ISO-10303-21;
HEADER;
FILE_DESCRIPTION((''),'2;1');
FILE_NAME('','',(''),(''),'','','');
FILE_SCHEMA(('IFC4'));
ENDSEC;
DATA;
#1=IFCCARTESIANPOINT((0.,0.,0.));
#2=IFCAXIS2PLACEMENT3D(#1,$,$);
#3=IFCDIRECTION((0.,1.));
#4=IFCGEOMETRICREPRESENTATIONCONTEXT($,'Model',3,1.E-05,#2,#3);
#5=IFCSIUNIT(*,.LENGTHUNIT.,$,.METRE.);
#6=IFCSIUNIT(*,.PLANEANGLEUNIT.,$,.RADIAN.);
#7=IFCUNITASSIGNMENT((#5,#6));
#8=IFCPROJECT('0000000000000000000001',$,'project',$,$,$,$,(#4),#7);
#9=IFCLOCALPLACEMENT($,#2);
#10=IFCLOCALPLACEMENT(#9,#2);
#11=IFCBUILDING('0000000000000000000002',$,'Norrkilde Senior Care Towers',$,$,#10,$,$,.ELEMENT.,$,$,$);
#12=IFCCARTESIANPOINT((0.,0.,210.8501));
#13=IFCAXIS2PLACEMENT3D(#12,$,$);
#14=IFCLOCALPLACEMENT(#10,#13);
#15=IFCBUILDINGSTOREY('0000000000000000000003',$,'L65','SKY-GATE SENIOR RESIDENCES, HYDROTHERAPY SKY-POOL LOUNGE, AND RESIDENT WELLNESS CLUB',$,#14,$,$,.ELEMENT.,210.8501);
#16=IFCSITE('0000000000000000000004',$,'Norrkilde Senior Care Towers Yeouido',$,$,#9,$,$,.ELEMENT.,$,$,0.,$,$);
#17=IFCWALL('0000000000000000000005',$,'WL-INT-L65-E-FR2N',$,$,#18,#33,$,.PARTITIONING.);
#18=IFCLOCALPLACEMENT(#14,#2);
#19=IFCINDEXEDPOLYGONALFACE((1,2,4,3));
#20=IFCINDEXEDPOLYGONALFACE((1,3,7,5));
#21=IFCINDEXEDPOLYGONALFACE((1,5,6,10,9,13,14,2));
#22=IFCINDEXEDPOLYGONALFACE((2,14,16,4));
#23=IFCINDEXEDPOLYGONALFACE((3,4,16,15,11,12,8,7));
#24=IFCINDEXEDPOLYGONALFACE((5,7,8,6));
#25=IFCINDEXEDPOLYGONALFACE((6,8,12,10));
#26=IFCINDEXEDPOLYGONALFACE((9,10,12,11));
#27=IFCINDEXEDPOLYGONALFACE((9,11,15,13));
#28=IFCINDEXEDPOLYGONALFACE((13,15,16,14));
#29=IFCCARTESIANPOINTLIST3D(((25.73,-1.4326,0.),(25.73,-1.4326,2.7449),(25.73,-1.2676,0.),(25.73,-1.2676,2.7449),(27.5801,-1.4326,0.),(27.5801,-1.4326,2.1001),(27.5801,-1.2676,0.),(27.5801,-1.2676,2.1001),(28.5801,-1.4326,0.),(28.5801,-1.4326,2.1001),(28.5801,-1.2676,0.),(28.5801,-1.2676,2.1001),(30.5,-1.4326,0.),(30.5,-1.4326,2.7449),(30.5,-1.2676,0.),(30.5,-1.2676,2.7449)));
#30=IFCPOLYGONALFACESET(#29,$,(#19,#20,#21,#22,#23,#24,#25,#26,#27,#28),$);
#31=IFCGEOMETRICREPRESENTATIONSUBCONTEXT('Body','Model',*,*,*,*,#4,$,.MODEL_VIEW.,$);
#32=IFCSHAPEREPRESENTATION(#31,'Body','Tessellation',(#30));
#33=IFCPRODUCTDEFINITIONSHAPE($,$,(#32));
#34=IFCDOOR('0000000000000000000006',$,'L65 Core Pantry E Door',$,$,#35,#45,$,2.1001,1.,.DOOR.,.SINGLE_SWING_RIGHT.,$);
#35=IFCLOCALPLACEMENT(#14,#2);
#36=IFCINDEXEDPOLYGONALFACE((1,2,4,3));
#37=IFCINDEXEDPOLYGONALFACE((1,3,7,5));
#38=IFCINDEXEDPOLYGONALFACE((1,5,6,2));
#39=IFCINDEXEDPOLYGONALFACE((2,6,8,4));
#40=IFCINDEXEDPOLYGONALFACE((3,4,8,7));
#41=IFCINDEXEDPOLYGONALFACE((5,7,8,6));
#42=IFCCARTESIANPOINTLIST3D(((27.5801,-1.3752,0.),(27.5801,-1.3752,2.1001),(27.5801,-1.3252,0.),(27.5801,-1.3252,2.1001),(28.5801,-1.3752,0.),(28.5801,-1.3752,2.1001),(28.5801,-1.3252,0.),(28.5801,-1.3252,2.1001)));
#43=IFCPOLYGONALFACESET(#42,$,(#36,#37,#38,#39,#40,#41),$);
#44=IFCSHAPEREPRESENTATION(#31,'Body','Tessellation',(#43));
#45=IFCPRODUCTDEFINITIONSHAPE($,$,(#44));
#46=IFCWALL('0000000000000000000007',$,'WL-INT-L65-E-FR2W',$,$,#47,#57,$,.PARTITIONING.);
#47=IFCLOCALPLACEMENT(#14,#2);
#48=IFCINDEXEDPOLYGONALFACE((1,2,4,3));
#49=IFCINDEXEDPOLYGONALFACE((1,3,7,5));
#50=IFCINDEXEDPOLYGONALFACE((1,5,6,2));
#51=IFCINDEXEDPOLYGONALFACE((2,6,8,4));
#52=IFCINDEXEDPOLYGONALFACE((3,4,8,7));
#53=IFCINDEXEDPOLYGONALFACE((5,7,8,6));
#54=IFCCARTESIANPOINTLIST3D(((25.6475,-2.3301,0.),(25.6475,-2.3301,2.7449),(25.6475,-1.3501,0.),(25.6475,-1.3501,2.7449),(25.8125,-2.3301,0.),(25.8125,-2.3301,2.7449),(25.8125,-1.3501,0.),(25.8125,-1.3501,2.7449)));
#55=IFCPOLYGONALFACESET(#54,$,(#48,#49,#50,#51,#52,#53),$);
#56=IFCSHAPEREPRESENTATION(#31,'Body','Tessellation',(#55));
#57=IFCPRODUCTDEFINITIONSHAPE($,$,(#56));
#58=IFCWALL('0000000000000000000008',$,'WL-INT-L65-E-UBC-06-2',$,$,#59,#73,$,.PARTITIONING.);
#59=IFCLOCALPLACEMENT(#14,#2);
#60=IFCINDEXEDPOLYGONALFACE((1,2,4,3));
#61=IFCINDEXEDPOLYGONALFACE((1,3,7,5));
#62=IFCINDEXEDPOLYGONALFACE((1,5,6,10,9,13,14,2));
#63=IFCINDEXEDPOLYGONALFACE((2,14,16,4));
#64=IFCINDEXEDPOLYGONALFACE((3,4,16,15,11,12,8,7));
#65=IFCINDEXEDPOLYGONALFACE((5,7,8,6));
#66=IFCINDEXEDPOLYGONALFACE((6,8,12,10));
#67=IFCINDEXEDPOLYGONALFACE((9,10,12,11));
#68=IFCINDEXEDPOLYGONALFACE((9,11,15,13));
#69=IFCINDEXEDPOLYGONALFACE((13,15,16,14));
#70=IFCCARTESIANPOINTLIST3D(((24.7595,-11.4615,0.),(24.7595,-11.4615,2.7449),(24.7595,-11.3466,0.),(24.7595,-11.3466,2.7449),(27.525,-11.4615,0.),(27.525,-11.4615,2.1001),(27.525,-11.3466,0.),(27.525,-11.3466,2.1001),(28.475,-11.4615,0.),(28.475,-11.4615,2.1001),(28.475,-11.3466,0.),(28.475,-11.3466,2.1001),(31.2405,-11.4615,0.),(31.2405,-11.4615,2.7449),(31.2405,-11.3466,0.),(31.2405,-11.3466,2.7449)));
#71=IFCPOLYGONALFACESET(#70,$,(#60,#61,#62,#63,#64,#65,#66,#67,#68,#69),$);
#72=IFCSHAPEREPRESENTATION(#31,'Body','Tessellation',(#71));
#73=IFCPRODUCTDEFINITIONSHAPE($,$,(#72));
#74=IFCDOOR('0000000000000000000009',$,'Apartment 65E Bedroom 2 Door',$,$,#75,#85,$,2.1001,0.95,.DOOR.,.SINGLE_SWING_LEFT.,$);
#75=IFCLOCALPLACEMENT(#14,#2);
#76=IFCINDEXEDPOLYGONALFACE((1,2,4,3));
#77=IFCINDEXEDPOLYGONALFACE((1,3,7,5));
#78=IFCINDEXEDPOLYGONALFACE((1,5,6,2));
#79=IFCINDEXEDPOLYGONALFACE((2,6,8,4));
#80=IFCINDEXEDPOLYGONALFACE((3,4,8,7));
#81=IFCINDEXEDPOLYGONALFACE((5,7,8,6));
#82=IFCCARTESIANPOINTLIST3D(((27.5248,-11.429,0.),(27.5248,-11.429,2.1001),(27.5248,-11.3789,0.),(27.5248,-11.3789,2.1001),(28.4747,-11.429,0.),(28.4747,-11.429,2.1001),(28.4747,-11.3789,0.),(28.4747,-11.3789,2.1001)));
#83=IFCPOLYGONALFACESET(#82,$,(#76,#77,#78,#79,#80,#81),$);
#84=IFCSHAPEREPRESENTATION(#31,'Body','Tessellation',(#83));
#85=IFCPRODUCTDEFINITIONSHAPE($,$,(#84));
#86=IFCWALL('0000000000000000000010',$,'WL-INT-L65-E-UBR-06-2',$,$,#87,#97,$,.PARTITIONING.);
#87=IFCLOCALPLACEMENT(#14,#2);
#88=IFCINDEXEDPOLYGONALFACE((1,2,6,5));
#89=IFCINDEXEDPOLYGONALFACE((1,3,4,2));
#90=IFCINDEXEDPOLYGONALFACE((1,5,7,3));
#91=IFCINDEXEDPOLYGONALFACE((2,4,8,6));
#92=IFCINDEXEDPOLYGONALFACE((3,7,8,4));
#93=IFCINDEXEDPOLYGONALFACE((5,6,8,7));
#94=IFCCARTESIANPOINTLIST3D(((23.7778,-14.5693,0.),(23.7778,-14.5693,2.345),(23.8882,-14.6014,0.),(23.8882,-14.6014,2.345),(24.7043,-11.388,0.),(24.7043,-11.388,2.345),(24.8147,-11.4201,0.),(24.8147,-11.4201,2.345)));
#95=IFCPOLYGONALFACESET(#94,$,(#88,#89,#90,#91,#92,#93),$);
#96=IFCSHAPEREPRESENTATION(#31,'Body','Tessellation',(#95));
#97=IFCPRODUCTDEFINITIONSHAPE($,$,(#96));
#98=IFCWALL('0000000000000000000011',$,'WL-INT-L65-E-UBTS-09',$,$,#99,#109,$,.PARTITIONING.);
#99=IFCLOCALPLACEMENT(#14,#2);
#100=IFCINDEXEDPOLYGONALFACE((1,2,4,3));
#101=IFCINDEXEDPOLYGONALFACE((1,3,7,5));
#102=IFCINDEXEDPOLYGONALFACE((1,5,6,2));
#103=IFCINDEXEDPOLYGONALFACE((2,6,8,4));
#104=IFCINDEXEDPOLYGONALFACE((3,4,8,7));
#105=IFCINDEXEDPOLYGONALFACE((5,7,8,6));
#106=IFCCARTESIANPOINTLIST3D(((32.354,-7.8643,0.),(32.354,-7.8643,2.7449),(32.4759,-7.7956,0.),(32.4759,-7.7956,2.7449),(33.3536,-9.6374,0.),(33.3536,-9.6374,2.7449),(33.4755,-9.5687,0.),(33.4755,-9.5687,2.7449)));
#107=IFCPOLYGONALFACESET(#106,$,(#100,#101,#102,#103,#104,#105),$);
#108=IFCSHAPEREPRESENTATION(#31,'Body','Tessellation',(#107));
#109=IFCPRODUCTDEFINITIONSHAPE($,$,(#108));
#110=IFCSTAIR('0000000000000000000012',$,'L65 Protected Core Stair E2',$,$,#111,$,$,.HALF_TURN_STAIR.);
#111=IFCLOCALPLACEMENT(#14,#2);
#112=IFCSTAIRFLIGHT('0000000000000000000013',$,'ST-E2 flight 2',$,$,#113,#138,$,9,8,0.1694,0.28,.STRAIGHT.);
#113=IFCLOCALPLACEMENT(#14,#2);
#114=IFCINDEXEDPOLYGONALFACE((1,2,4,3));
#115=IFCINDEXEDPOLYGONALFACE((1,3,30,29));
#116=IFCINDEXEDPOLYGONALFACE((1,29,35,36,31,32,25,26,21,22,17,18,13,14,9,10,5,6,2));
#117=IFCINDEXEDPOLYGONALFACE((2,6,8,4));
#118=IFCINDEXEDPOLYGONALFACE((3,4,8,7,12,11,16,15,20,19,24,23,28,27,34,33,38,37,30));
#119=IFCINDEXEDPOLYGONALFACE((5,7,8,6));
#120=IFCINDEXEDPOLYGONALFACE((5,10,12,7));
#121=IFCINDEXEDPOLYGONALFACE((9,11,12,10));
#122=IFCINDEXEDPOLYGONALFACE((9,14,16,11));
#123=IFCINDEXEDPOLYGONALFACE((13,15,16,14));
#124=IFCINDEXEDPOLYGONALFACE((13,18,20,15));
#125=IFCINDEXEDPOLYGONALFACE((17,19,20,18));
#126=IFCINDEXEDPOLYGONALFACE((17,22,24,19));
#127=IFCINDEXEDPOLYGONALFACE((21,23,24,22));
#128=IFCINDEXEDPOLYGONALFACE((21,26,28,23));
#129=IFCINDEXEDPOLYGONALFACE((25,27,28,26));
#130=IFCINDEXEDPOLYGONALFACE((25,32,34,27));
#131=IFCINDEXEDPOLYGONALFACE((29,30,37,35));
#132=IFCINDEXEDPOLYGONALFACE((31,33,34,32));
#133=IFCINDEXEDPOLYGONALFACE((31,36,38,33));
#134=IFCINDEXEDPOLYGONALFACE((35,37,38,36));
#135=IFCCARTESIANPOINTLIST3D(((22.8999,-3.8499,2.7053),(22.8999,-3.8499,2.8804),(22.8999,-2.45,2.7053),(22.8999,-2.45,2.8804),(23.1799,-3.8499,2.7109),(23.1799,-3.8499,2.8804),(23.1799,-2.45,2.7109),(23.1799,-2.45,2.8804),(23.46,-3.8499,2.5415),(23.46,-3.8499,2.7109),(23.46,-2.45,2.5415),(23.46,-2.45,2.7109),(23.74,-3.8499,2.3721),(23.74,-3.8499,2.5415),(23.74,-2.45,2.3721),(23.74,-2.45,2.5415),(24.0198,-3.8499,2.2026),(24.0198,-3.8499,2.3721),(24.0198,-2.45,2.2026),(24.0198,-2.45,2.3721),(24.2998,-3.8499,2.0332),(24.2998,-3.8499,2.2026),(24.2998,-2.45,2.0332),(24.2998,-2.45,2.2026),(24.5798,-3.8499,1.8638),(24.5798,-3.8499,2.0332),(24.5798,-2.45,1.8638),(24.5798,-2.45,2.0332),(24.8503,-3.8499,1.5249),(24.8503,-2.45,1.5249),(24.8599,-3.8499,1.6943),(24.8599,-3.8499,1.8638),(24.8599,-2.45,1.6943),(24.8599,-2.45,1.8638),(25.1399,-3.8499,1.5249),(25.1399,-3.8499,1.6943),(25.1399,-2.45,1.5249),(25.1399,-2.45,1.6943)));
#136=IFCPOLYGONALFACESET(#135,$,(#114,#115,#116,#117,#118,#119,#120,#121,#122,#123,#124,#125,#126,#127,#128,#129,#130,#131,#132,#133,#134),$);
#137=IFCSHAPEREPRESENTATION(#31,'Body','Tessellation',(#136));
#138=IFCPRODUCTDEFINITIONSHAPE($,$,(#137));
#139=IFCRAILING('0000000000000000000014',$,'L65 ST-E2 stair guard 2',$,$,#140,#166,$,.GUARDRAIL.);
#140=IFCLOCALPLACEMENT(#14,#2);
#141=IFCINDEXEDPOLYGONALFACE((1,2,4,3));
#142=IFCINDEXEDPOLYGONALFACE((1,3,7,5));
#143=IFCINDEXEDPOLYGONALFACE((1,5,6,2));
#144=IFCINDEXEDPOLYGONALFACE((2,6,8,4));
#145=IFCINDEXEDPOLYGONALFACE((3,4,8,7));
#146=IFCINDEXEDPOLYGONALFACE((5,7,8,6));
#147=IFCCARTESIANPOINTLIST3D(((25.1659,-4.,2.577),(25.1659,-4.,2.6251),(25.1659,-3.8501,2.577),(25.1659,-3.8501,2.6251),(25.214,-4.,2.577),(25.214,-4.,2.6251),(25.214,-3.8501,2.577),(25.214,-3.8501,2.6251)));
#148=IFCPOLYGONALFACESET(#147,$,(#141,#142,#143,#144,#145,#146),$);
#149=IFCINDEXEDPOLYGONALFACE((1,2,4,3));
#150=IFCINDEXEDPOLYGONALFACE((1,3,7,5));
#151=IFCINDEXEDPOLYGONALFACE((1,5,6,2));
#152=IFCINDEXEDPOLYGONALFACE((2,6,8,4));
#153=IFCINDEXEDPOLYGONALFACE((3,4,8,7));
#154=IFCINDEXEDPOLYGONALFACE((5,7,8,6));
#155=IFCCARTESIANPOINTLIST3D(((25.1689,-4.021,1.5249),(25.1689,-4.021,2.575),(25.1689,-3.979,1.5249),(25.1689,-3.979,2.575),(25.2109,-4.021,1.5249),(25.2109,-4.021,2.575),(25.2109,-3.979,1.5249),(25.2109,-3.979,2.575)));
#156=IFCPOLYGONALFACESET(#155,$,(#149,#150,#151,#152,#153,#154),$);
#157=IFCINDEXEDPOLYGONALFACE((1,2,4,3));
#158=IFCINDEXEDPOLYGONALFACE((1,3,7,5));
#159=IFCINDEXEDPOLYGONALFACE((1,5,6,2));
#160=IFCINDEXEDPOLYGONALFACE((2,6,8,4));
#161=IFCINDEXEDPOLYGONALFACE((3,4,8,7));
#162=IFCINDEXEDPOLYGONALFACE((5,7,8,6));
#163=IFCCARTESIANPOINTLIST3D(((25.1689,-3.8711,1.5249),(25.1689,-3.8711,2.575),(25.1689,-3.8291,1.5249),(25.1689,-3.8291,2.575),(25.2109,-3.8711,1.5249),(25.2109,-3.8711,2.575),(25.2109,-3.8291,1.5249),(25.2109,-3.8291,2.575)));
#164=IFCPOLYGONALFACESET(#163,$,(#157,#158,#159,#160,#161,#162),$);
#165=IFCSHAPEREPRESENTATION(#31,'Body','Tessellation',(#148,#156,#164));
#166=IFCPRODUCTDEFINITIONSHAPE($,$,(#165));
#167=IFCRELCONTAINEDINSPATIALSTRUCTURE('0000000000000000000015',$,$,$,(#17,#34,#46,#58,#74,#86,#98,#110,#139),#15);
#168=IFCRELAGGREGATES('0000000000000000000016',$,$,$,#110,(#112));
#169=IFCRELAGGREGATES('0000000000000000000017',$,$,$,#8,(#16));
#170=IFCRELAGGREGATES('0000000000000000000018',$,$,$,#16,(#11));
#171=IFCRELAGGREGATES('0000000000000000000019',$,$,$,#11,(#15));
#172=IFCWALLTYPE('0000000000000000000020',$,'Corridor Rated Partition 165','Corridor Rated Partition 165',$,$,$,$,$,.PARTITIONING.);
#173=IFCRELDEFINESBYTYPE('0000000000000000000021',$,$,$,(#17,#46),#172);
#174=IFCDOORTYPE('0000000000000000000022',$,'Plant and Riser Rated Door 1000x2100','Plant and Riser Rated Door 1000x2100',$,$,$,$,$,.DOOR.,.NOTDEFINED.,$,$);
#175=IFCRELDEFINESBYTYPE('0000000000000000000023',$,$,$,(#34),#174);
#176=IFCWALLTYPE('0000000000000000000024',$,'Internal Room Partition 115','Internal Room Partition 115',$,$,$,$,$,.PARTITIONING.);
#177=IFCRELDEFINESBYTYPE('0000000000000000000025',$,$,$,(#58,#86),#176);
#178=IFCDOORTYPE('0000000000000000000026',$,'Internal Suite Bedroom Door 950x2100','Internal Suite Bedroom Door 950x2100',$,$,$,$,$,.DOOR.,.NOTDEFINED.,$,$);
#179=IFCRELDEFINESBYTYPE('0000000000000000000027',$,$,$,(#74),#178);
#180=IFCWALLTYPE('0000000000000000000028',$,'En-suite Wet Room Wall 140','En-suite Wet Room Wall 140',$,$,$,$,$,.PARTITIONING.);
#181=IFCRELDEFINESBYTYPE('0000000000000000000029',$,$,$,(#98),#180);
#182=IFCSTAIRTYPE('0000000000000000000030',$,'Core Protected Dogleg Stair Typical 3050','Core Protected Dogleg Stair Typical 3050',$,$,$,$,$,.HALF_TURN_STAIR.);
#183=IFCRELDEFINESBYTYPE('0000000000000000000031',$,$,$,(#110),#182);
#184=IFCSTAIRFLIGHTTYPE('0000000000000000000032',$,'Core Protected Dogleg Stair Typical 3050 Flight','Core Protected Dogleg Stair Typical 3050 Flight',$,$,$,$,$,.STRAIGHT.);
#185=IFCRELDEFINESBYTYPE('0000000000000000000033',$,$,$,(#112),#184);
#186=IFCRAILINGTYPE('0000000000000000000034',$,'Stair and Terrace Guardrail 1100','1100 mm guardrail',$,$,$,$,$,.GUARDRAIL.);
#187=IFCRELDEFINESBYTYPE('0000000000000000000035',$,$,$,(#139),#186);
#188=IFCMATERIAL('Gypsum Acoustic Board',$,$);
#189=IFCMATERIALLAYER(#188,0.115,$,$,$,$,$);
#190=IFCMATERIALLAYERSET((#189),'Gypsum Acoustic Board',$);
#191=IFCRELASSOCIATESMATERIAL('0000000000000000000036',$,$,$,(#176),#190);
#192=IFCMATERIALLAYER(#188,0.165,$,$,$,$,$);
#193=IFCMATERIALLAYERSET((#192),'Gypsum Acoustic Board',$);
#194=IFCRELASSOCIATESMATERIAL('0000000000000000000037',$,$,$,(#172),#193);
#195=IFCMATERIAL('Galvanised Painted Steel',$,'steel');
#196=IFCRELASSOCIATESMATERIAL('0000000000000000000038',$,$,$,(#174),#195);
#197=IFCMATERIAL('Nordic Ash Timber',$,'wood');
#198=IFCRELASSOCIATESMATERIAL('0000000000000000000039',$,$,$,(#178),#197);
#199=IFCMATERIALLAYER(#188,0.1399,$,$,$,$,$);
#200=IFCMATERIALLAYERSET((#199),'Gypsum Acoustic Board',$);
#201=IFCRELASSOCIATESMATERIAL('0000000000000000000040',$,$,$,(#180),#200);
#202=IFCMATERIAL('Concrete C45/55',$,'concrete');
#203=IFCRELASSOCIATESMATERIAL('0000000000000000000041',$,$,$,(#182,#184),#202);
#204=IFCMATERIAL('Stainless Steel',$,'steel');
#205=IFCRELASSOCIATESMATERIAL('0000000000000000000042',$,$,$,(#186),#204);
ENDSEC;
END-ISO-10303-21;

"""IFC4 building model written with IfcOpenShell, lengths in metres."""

from ifc_helpers import new_model, si_unit, direction, frame, frame_2d, origin, origin_2d, place, context, subcontext, project, spatial, polyline, rectangle, outline, extrude, source, transform, mapped, material, layer, layer_set, type_object, type_shapes, element, fill, aggregate, save


model = new_model("IFC4")

# Units and contexts
model_context = context("Model", 3, precision=1e-05, world=origin(), true_north=direction((0.0, 1.0)))
body_context = subcontext(model_context, "Body", "Model", "MODEL_VIEW")
ifc_project = project(units=[si_unit("LENGTHUNIT", "METRE"), si_unit("PLANEANGLEUNIT", "RADIAN")], contexts=[model_context])

# Site, building, storey
site_placement = place(None, origin())
site = spatial("IfcSite", under=ifc_project, at=site_placement, Name="Norrkilde Senior Care Towers Yeouido", CompositionType="ELEMENT", RefElevation=0.0)
building_placement = place(site_placement, origin())
building = spatial("IfcBuilding", under=site, at=building_placement, Name="Norrkilde Senior Care Towers", CompositionType="ELEMENT")
storey_placement = place(building_placement, frame((0.0, 0.0, 210.8501)))
storey = spatial("IfcBuildingStorey", under=building, at=storey_placement, Name="L65", Description="SKY-GATE SENIOR RESIDENCES, HYDROTHERAPY SKY-POOL LOUNGE, AND RESIDENT WELLNESS CLUB", CompositionType="ELEMENT", Elevation=210.8501)

# Shared definitions
ifc_material_1 = material(Name="Concrete C45/55", Category="concrete")
ifc_material_2 = material(Name="Gypsum Acoustic Board")
ifc_layer_1 = layer(ifc_material_2, 0.115)
ifc_layer_set_1 = layer_set([ifc_layer_1], Name="Gypsum Acoustic Board")
wall_type_1 = type_object("IfcWallType", Name="Internal Room Partition 115", Description="Internal Room Partition 115", PredefinedType="PARTITIONING", material=ifc_layer_set_1)

# Shared definitions
ifc_material_3 = material(Name="Stainless Steel", Category="steel")

# Wall, opening, door
ifc_layer_2 = layer(ifc_material_2, 0.165)
ifc_layer_set_2 = layer_set([ifc_layer_2], Name="Gypsum Acoustic Board")
wall_type_2 = type_object("IfcWallType", Name="Corridor Rated Partition 165", Description="Corridor Rated Partition 165", PredefinedType="PARTITIONING", material=ifc_layer_set_2)
shared_shape_1 = source(origin(), body_context, "Body", "SweptSolid", [
    extrude(rectangle(XDim=4.77, YDim=0.165, at=frame_2d((2.385, 0.0))), origin(), (0.0, 0.0, 1.0), 2.7449),
])
wall_1_placement = place(storey_placement, frame((25.73, -1.3501, 0.0), z_axis=(0.0, 0.0, 1.0), x_axis=(1.0, 0.0, 0.0)))
wall_1 = element("IfcWall", 1, at=wall_1_placement, inside=storey, type_object=wall_type_2, Name="WL-INT-L65-E-FR2N", PredefinedType="PARTITIONING", context=body_context, shape_type="MappedRepresentation", body=[
    mapped(shared_shape_1, transform((0.0, 0.0, 0.0), x_axis=(1.0, 0.0, 0.0), y_axis=(0.0, 1.0, 0.0), z_axis=(0.0, 0.0, 1.0), scale=1.0)),
])
opening_1_placement = place(wall_1_placement, frame((1.8501, 0.0, 0.0)))
opening_1 = element("IfcOpeningElement", 2, at=opening_1_placement, cuts=wall_1, PredefinedType="OPENING", context=body_context, shape_type="SweptSolid", body=[
    extrude(rectangle(XDim=1.0, YDim=2.1001, at=frame_2d((0.5, 1.05))), frame((0.0, 0.0925, 0.0), z_axis=(0.0, -1.0, 0.0), x_axis=(1.0, 0.0, 0.0)), (0.0, 0.0, 1.0), 0.1851),
])
ifc_material_4 = material(Name="Galvanised Painted Steel", Category="steel")
door_type_1 = type_object("IfcDoorType", Name="Plant and Riser Rated Door 1000x2100", Description="Plant and Riser Rated Door 1000x2100", OperationType="NOTDEFINED", PredefinedType="DOOR", material=ifc_material_4)
shared_shape_2 = source(origin(), body_context, "Body", "SweptSolid", [
    extrude(rectangle(XDim=1.0, YDim=2.1001, at=frame_2d((0.5, 1.05))), frame((0.0, 0.0249, 0.0), z_axis=(0.0, -1.0, 0.0), x_axis=(1.0, 0.0, 0.0)), (0.0, 0.0, 1.0), 0.05),
])
type_shapes(door_type_1, [shared_shape_2])
door_1_placement = place(opening_1_placement, origin())
door_1 = element("IfcDoor", 3, at=door_1_placement, inside=storey, type_object=door_type_1, Name="L65 Core Pantry E Door", OperationType="SINGLE_SWING_RIGHT", OverallHeight=2.1001, OverallWidth=1.0, PredefinedType="DOOR", context=body_context, shape_type="MappedRepresentation", body=[
    mapped(shared_shape_2, transform((0.0, 0.0, 0.0), x_axis=(1.0, 0.0, 0.0), y_axis=(0.0, 1.0, 0.0), z_axis=(0.0, 0.0, 1.0), scale=1.0)),
])
fill(opening_1, door_1)

# Wall
shared_shape_3 = source(origin(), body_context, "Body", "SweptSolid", [
    extrude(rectangle(XDim=0.98, YDim=0.165, at=frame_2d((0.49, 0.0))), origin(), (0.0, 0.0, 1.0), 2.7449),
])
type_shapes(wall_type_2, [shared_shape_1, shared_shape_3])
wall_2_placement = place(storey_placement, frame((25.73, -2.3301, 0.0), z_axis=(0.0, 0.0, 1.0), x_axis=(0.0, 1.0, 0.0)))
element("IfcWall", 4, at=wall_2_placement, inside=storey, type_object=wall_type_2, Name="WL-INT-L65-E-FR2W", PredefinedType="PARTITIONING", context=body_context, shape_type="MappedRepresentation", body=[
    mapped(shared_shape_3, transform((0.0, 0.0, 0.0), x_axis=(1.0, 0.0, 0.0), y_axis=(0.0, 1.0, 0.0), z_axis=(0.0, 0.0, 1.0), scale=1.0)),
])

# Wall, opening, door
shared_shape_4 = source(origin(), body_context, "Body", "SweptSolid", [
    extrude(rectangle(XDim=6.481, YDim=0.115, at=frame_2d((3.2405, 0.0))), origin(), (0.0, 0.0, 1.0), 2.7449),
])
wall_3_placement = place(storey_placement, frame((24.7595, -11.4041, 0.0), z_axis=(0.0, 0.0, 1.0), x_axis=(1.0, 0.0, 0.0)))
wall_3 = element("IfcWall", 5, at=wall_3_placement, inside=storey, type_object=wall_type_1, Name="WL-INT-L65-E-UBC-06-2", PredefinedType="PARTITIONING", context=body_context, shape_type="MappedRepresentation", body=[
    mapped(shared_shape_4, transform((0.0, 0.0, 0.0), x_axis=(1.0, 0.0, 0.0), y_axis=(0.0, 1.0, 0.0), z_axis=(0.0, 0.0, 1.0), scale=1.0)),
])
opening_2_placement = place(wall_3_placement, frame((2.7654, 0.0, 0.0)))
opening_2 = element("IfcOpeningElement", 6, at=opening_2_placement, cuts=wall_3, PredefinedType="OPENING", context=body_context, shape_type="SweptSolid", body=[
    extrude(rectangle(XDim=0.95, YDim=2.1001, at=frame_2d((0.4751, 1.05))), frame((0.0, 0.0674, 0.0), z_axis=(0.0, -1.0, 0.0), x_axis=(1.0, 0.0, 0.0)), (0.0, 0.0, 1.0), 0.135),
])
ifc_material_5 = material(Name="Nordic Ash Timber", Category="wood")
door_type_2 = type_object("IfcDoorType", Name="Internal Suite Bedroom Door 950x2100", Description="Internal Suite Bedroom Door 950x2100", OperationType="NOTDEFINED", PredefinedType="DOOR", material=ifc_material_5)
shared_shape_5 = source(origin(), body_context, "Body", "SweptSolid", [
    extrude(rectangle(XDim=0.95, YDim=2.1001, at=frame_2d((0.4751, 1.05))), frame((0.0, 0.0249, 0.0), z_axis=(0.0, -1.0, 0.0), x_axis=(1.0, 0.0, 0.0)), (0.0, 0.0, 1.0), 0.05),
])
type_shapes(door_type_2, [shared_shape_5])
door_2_placement = place(opening_2_placement, frame((0.95, 0.0, 0.0), z_axis=(0.0, 0.0, 1.0), x_axis=(-1.0, 0.0, 0.0)))
door_2 = element("IfcDoor", 7, at=door_2_placement, inside=storey, type_object=door_type_2, Name="Apartment 65E Bedroom 2 Door", OperationType="SINGLE_SWING_LEFT", OverallHeight=2.1001, OverallWidth=0.95, PredefinedType="DOOR", context=body_context, shape_type="MappedRepresentation", body=[
    mapped(shared_shape_5, transform((0.0, 0.0, 0.0), x_axis=(1.0, 0.0, 0.0), y_axis=(0.0, 1.0, 0.0), z_axis=(0.0, 0.0, 1.0), scale=1.0)),
])
fill(opening_2, door_2)

# Walls
shared_shape_6 = source(origin(), body_context, "Body", "SweptSolid", [
    extrude(rectangle(XDim=3.3135, YDim=0.115, at=frame_2d((1.6567, 0.0))), origin(), (0.0, 0.0, 1.0), 2.345),
])
wall_4_placement = place(storey_placement, frame((24.7595, -11.4041, 0.0), z_axis=(0.0, 0.0, 1.0), x_axis=(-0.279612, -0.960113, 0.0)))
element("IfcWall", 8, at=wall_4_placement, inside=storey, type_object=wall_type_1, Name="WL-INT-L65-E-UBR-06-2", PredefinedType="PARTITIONING", context=body_context, shape_type="MappedRepresentation", body=[
    mapped(shared_shape_6, transform((0.0, 0.0, 0.0), x_axis=(1.0, 0.0, 0.0), y_axis=(0.0, 1.0, 0.0), z_axis=(0.0, 0.0, 1.0), scale=1.0)),
])
ifc_layer_3 = layer(ifc_material_2, 0.1399)
ifc_layer_set_3 = layer_set([ifc_layer_3], Name="Gypsum Acoustic Board")
wall_type_3 = type_object("IfcWallType", Name="En-suite Wet Room Wall 140", Description="En-suite Wet Room Wall 140", PredefinedType="PARTITIONING", material=ifc_layer_set_3)
shared_shape_7 = source(origin(), body_context, "Body", "SweptSolid", [
    extrude(rectangle(XDim=2.0354, YDim=0.1399, at=frame_2d((1.0176, 0.0))), origin(), (0.0, 0.0, 1.0), 2.7449),
])
type_shapes(wall_type_3, [shared_shape_7])
wall_5_placement = place(storey_placement, frame((32.415, -7.8301, 0.0), z_axis=(0.0, 0.0, 1.0), x_axis=(0.491093, -0.871107, 0.0)))
element("IfcWall", 9, at=wall_5_placement, inside=storey, type_object=wall_type_3, Name="WL-INT-L65-E-UBTS-09", PredefinedType="PARTITIONING", context=body_context, shape_type="MappedRepresentation", body=[
    mapped(shared_shape_7, transform((0.0, 0.0, 0.0), x_axis=(1.0, 0.0, 0.0), y_axis=(0.0, 1.0, 0.0), z_axis=(0.0, 0.0, 1.0), scale=1.0)),
])

# Stair, stair flight
stair_type = type_object("IfcStairType", Name="Core Protected Dogleg Stair Typical 3050", Description="Core Protected Dogleg Stair Typical 3050", PredefinedType="HALF_TURN_STAIR", material=ifc_material_1)
stair_placement = place(storey_placement, origin())
stair = element("IfcStair", 10, at=stair_placement, inside=storey, type_object=stair_type, Name="L65 Protected Core Stair E2", PredefinedType="HALF_TURN_STAIR")
stair_flight_type = type_object("IfcStairFlightType", Name="Core Protected Dogleg Stair Typical 3050 Flight", Description="Core Protected Dogleg Stair Typical 3050 Flight", PredefinedType="STRAIGHT", material=ifc_material_1)
stair_flight_placement = place(storey_placement, frame((25.1399, -3.1499, 1.5249), z_axis=(0.0, 0.0, 1.0), x_axis=(-1.0, 0.0, 0.0)))
stair_flight = element("IfcStairFlight", 11, at=stair_flight_placement, type_object=stair_flight_type, Name="ST-E2 flight 2", NumberOfRisers=9, NumberOfTreads=8, PredefinedType="STRAIGHT", RiserHeight=0.1694, TreadLength=0.28, context=body_context, shape_type="SweptSolid", body=[
    extrude(outline(polyline([(0.0, 0.0), (0.0, 0.1694), (0.28, 0.1694), (0.28, 0.3389), (0.5601, 0.3389), (0.5601, 0.5083), (0.8401, 0.5083), (0.8401, 0.6777), (1.1201, 0.6777), (1.1201, 0.8472), (1.3999, 0.8472), (1.3999, 1.0166), (1.6799, 1.0166), (1.6799, 1.186), (1.96, 1.186), (1.96, 1.3555), (2.24, 1.3555), (2.24, 1.5249), (2.24, 1.1804), (0.2896, 0.0), (0.0, 0.0)])), frame((0.0, 0.7, 0.0), z_axis=(0.0, -1.0, 0.0), x_axis=(1.0, 0.0, 0.0)), (0.0, 0.0, 1.0), 1.3999),
])
aggregate(stair, [stair_flight])

# Railing
railing_type_1 = type_object("IfcRailingType", Name="Stair and Terrace Guardrail 1100", Description="1100 mm guardrail", PredefinedType="GUARDRAIL", material=ifc_material_3)
railing_1_placement = place(storey_placement, frame((25.1899, -4.0, 1.5249)))
element("IfcRailing", 12, at=railing_1_placement, inside=storey, type_object=railing_type_1, Name="L65 ST-E2 stair guard 2", PredefinedType="GUARDRAIL", context=body_context, shape_type="SweptSolid", body=[
    extrude(rectangle(XDim=0.0481, YDim=0.0481, at=origin_2d()), frame((0.0, 0.0, 1.0762), z_axis=(0.0, 1.0, 0.0), x_axis=(-1.0, 0.0, 0.0)), (0.0, 0.0, 1.0), 0.1499),
    extrude(rectangle(XDim=0.042, YDim=0.042, at=origin_2d()), origin(), (0.0, 0.0, 1.0), 1.05),
    extrude(rectangle(XDim=0.042, YDim=0.042, at=origin_2d()), frame((0.0, 0.1499, 0.0)), (0.0, 0.0, 1.0), 1.05),
])

save(model, "model.ifc")
